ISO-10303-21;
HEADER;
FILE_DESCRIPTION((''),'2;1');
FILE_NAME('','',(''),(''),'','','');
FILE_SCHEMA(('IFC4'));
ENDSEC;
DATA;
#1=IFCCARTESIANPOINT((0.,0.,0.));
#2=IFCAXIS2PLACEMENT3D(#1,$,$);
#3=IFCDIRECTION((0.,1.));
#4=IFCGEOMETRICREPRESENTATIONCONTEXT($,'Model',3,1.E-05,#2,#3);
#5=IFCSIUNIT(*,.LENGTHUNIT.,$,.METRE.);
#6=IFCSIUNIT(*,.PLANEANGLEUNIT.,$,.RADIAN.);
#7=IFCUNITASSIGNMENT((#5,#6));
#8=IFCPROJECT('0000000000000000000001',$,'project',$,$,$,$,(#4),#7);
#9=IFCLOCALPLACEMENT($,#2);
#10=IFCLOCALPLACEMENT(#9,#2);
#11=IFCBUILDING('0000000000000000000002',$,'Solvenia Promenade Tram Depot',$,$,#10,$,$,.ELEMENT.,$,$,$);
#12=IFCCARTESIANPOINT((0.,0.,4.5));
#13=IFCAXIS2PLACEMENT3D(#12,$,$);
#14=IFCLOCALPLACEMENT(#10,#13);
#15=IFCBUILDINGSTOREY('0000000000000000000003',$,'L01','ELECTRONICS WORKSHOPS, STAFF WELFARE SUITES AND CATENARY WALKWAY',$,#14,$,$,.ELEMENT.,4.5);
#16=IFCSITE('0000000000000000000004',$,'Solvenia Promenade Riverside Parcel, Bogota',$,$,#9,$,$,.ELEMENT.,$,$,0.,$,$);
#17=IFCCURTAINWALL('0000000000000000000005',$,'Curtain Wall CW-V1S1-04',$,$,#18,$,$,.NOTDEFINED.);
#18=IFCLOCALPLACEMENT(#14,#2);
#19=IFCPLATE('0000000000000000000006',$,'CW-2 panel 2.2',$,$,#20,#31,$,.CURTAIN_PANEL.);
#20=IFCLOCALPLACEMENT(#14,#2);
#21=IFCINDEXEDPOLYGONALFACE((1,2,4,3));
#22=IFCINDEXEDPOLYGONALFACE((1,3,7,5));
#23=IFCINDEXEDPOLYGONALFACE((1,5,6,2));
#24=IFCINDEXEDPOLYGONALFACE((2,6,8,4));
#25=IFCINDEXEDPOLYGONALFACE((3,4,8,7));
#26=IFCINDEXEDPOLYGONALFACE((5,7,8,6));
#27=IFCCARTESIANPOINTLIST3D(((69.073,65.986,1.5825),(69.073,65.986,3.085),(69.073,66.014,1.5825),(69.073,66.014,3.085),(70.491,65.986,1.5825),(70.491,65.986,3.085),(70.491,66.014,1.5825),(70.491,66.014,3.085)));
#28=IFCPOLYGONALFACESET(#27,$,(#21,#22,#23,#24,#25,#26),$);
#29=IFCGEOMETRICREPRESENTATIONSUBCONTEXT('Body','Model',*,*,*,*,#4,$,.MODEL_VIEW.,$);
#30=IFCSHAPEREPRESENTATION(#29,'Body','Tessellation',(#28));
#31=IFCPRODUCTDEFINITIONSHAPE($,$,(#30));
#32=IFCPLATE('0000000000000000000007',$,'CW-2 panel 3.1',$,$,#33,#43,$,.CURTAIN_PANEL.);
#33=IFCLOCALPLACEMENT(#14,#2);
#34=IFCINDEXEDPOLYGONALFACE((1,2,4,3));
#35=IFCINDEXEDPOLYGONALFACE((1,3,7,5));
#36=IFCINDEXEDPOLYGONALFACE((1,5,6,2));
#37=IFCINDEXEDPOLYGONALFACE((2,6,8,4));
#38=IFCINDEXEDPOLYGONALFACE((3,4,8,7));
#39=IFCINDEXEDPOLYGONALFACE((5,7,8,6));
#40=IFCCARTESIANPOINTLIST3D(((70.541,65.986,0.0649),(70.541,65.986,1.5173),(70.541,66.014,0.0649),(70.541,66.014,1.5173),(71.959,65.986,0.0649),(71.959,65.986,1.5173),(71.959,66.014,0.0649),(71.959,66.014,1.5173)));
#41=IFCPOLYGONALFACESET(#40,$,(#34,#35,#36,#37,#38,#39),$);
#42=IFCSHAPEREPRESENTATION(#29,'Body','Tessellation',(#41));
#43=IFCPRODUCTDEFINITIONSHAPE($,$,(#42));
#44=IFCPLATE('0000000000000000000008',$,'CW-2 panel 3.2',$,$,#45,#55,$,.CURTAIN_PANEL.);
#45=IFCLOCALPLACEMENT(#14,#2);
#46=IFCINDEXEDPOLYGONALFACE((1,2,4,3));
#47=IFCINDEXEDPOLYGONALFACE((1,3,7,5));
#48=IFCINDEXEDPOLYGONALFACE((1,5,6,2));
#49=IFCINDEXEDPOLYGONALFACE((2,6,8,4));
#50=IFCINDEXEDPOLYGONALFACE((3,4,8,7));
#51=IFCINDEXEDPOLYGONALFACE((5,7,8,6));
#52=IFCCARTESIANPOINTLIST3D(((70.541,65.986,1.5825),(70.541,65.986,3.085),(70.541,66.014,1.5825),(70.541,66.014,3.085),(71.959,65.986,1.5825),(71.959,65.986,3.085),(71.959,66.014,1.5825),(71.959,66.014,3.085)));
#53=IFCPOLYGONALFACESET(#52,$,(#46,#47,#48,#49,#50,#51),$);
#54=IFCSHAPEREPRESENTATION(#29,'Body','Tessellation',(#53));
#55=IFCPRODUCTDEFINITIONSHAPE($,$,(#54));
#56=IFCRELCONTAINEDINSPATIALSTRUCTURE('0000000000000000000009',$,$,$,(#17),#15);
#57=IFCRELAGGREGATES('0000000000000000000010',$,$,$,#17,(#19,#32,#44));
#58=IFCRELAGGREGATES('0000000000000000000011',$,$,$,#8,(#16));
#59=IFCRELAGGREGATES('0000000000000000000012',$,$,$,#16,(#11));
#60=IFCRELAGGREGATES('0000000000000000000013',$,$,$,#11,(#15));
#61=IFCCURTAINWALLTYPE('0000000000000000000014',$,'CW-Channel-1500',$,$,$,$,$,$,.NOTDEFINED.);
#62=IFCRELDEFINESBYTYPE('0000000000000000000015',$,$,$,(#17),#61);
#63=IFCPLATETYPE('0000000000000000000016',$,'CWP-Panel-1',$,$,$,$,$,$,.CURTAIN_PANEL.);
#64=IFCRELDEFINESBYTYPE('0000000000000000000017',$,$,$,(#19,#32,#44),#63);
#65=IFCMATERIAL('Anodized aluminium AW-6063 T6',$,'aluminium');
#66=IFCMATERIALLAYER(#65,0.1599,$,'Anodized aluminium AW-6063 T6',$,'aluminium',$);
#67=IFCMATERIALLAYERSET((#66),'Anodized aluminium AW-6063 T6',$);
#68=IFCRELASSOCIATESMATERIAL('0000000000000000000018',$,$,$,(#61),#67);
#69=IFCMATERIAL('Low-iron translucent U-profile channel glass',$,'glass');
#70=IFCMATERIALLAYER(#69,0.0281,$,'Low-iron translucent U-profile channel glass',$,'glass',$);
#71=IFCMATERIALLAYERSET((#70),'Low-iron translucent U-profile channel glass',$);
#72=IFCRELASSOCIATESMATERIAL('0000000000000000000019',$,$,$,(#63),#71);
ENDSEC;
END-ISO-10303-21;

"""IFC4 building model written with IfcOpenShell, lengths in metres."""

from ifc_helpers import new_model, si_unit, direction, frame, origin, origin_2d, place, context, subcontext, project, spatial, rectangle, extrude, material, layer, layer_set, type_object, element, aggregate, save


model = new_model("IFC4")

# Units and contexts
model_context = context("Model", 3, precision=1e-05, world=origin(), true_north=direction((0.0, 1.0)))
body_context = subcontext(model_context, "Body", "Model", "MODEL_VIEW")
ifc_project = project(units=[si_unit("LENGTHUNIT", "METRE"), si_unit("PLANEANGLEUNIT", "RADIAN")], contexts=[model_context])

# Site, building, storey
site_placement = place(None, origin())
site = spatial("IfcSite", under=ifc_project, at=site_placement, Name="Solvenia Promenade Riverside Parcel, Bogota", CompositionType="ELEMENT", RefElevation=0.0)
building_placement = place(site_placement, origin())
building = spatial("IfcBuilding", under=site, at=building_placement, Name="Solvenia Promenade Tram Depot", CompositionType="ELEMENT")
storey_placement = place(building_placement, frame((0.0, 0.0, 4.5)))
storey = spatial("IfcBuildingStorey", under=building, at=storey_placement, Name="L01", Description="ELECTRONICS WORKSHOPS, STAFF WELFARE SUITES AND CATENARY WALKWAY", CompositionType="ELEMENT", Elevation=4.5)

# Shared definitions
ifc_material_1 = material(Name="Anodized aluminium AW-6063 T6", Category="aluminium")
ifc_layer_1 = layer(ifc_material_1, 0.1599, Name="Anodized aluminium AW-6063 T6", Category="aluminium")
ifc_layer_set_1 = layer_set([ifc_layer_1], Name="Anodized aluminium AW-6063 T6")
curtain_wall_type = type_object("IfcCurtainWallType", Name="CW-Channel-1500", PredefinedType="NOTDEFINED", material=ifc_layer_set_1)

# Curtain wall
curtain_wall_1_placement = place(storey_placement, origin())
curtain_wall_1 = element("IfcCurtainWall", 1, at=curtain_wall_1_placement, inside=storey, type_object=curtain_wall_type, Name="Curtain Wall CW-V1S1-04", PredefinedType="NOTDEFINED")

# Plates
ifc_material_2 = material(Name="Low-iron translucent U-profile channel glass", Category="glass")
ifc_layer_2 = layer(ifc_material_2, 0.0281, Name="Low-iron translucent U-profile channel glass", Category="glass")
ifc_layer_set_2 = layer_set([ifc_layer_2], Name="Low-iron translucent U-profile channel glass")
plate_type = type_object("IfcPlateType", Name="CWP-Panel-1", PredefinedType="CURTAIN_PANEL", material=ifc_layer_set_2)
plate_1_placement = place(storey_placement, frame((69.782, 66.0, 1.5825), z_axis=(0.0, 0.0, 1.0), x_axis=(1.0, 0.0, 0.0)))
plate_1 = element("IfcPlate", 2, at=plate_1_placement, type_object=plate_type, Name="CW-2 panel 2.2", PredefinedType="CURTAIN_PANEL", context=body_context, shape_type="SweptSolid", body=[
    extrude(rectangle(XDim=1.418, YDim=0.0281, at=origin_2d()), origin(), (0.0, 0.0, 1.0), 1.5024),
])
plate_2_placement = place(storey_placement, frame((71.25, 66.0, 0.0649), z_axis=(0.0, 0.0, 1.0), x_axis=(1.0, 0.0, 0.0)))
plate_2 = element("IfcPlate", 3, at=plate_2_placement, type_object=plate_type, Name="CW-2 panel 3.1", PredefinedType="CURTAIN_PANEL", context=body_context, shape_type="SweptSolid", body=[
    extrude(rectangle(XDim=1.418, YDim=0.0281, at=origin_2d()), origin(), (0.0, 0.0, 1.0), 1.4524),
])
plate_3_placement = place(storey_placement, frame((71.25, 66.0, 1.5825), z_axis=(0.0, 0.0, 1.0), x_axis=(1.0, 0.0, 0.0)))
plate_3 = element("IfcPlate", 4, at=plate_3_placement, type_object=plate_type, Name="CW-2 panel 3.2", PredefinedType="CURTAIN_PANEL", context=body_context, shape_type="SweptSolid", body=[
    extrude(rectangle(XDim=1.418, YDim=0.0281, at=origin_2d()), origin(), (0.0, 0.0, 1.0), 1.5024),
])
aggregate(curtain_wall_1, [plate_1, plate_2, plate_3])

save(model, "model.ifc")
